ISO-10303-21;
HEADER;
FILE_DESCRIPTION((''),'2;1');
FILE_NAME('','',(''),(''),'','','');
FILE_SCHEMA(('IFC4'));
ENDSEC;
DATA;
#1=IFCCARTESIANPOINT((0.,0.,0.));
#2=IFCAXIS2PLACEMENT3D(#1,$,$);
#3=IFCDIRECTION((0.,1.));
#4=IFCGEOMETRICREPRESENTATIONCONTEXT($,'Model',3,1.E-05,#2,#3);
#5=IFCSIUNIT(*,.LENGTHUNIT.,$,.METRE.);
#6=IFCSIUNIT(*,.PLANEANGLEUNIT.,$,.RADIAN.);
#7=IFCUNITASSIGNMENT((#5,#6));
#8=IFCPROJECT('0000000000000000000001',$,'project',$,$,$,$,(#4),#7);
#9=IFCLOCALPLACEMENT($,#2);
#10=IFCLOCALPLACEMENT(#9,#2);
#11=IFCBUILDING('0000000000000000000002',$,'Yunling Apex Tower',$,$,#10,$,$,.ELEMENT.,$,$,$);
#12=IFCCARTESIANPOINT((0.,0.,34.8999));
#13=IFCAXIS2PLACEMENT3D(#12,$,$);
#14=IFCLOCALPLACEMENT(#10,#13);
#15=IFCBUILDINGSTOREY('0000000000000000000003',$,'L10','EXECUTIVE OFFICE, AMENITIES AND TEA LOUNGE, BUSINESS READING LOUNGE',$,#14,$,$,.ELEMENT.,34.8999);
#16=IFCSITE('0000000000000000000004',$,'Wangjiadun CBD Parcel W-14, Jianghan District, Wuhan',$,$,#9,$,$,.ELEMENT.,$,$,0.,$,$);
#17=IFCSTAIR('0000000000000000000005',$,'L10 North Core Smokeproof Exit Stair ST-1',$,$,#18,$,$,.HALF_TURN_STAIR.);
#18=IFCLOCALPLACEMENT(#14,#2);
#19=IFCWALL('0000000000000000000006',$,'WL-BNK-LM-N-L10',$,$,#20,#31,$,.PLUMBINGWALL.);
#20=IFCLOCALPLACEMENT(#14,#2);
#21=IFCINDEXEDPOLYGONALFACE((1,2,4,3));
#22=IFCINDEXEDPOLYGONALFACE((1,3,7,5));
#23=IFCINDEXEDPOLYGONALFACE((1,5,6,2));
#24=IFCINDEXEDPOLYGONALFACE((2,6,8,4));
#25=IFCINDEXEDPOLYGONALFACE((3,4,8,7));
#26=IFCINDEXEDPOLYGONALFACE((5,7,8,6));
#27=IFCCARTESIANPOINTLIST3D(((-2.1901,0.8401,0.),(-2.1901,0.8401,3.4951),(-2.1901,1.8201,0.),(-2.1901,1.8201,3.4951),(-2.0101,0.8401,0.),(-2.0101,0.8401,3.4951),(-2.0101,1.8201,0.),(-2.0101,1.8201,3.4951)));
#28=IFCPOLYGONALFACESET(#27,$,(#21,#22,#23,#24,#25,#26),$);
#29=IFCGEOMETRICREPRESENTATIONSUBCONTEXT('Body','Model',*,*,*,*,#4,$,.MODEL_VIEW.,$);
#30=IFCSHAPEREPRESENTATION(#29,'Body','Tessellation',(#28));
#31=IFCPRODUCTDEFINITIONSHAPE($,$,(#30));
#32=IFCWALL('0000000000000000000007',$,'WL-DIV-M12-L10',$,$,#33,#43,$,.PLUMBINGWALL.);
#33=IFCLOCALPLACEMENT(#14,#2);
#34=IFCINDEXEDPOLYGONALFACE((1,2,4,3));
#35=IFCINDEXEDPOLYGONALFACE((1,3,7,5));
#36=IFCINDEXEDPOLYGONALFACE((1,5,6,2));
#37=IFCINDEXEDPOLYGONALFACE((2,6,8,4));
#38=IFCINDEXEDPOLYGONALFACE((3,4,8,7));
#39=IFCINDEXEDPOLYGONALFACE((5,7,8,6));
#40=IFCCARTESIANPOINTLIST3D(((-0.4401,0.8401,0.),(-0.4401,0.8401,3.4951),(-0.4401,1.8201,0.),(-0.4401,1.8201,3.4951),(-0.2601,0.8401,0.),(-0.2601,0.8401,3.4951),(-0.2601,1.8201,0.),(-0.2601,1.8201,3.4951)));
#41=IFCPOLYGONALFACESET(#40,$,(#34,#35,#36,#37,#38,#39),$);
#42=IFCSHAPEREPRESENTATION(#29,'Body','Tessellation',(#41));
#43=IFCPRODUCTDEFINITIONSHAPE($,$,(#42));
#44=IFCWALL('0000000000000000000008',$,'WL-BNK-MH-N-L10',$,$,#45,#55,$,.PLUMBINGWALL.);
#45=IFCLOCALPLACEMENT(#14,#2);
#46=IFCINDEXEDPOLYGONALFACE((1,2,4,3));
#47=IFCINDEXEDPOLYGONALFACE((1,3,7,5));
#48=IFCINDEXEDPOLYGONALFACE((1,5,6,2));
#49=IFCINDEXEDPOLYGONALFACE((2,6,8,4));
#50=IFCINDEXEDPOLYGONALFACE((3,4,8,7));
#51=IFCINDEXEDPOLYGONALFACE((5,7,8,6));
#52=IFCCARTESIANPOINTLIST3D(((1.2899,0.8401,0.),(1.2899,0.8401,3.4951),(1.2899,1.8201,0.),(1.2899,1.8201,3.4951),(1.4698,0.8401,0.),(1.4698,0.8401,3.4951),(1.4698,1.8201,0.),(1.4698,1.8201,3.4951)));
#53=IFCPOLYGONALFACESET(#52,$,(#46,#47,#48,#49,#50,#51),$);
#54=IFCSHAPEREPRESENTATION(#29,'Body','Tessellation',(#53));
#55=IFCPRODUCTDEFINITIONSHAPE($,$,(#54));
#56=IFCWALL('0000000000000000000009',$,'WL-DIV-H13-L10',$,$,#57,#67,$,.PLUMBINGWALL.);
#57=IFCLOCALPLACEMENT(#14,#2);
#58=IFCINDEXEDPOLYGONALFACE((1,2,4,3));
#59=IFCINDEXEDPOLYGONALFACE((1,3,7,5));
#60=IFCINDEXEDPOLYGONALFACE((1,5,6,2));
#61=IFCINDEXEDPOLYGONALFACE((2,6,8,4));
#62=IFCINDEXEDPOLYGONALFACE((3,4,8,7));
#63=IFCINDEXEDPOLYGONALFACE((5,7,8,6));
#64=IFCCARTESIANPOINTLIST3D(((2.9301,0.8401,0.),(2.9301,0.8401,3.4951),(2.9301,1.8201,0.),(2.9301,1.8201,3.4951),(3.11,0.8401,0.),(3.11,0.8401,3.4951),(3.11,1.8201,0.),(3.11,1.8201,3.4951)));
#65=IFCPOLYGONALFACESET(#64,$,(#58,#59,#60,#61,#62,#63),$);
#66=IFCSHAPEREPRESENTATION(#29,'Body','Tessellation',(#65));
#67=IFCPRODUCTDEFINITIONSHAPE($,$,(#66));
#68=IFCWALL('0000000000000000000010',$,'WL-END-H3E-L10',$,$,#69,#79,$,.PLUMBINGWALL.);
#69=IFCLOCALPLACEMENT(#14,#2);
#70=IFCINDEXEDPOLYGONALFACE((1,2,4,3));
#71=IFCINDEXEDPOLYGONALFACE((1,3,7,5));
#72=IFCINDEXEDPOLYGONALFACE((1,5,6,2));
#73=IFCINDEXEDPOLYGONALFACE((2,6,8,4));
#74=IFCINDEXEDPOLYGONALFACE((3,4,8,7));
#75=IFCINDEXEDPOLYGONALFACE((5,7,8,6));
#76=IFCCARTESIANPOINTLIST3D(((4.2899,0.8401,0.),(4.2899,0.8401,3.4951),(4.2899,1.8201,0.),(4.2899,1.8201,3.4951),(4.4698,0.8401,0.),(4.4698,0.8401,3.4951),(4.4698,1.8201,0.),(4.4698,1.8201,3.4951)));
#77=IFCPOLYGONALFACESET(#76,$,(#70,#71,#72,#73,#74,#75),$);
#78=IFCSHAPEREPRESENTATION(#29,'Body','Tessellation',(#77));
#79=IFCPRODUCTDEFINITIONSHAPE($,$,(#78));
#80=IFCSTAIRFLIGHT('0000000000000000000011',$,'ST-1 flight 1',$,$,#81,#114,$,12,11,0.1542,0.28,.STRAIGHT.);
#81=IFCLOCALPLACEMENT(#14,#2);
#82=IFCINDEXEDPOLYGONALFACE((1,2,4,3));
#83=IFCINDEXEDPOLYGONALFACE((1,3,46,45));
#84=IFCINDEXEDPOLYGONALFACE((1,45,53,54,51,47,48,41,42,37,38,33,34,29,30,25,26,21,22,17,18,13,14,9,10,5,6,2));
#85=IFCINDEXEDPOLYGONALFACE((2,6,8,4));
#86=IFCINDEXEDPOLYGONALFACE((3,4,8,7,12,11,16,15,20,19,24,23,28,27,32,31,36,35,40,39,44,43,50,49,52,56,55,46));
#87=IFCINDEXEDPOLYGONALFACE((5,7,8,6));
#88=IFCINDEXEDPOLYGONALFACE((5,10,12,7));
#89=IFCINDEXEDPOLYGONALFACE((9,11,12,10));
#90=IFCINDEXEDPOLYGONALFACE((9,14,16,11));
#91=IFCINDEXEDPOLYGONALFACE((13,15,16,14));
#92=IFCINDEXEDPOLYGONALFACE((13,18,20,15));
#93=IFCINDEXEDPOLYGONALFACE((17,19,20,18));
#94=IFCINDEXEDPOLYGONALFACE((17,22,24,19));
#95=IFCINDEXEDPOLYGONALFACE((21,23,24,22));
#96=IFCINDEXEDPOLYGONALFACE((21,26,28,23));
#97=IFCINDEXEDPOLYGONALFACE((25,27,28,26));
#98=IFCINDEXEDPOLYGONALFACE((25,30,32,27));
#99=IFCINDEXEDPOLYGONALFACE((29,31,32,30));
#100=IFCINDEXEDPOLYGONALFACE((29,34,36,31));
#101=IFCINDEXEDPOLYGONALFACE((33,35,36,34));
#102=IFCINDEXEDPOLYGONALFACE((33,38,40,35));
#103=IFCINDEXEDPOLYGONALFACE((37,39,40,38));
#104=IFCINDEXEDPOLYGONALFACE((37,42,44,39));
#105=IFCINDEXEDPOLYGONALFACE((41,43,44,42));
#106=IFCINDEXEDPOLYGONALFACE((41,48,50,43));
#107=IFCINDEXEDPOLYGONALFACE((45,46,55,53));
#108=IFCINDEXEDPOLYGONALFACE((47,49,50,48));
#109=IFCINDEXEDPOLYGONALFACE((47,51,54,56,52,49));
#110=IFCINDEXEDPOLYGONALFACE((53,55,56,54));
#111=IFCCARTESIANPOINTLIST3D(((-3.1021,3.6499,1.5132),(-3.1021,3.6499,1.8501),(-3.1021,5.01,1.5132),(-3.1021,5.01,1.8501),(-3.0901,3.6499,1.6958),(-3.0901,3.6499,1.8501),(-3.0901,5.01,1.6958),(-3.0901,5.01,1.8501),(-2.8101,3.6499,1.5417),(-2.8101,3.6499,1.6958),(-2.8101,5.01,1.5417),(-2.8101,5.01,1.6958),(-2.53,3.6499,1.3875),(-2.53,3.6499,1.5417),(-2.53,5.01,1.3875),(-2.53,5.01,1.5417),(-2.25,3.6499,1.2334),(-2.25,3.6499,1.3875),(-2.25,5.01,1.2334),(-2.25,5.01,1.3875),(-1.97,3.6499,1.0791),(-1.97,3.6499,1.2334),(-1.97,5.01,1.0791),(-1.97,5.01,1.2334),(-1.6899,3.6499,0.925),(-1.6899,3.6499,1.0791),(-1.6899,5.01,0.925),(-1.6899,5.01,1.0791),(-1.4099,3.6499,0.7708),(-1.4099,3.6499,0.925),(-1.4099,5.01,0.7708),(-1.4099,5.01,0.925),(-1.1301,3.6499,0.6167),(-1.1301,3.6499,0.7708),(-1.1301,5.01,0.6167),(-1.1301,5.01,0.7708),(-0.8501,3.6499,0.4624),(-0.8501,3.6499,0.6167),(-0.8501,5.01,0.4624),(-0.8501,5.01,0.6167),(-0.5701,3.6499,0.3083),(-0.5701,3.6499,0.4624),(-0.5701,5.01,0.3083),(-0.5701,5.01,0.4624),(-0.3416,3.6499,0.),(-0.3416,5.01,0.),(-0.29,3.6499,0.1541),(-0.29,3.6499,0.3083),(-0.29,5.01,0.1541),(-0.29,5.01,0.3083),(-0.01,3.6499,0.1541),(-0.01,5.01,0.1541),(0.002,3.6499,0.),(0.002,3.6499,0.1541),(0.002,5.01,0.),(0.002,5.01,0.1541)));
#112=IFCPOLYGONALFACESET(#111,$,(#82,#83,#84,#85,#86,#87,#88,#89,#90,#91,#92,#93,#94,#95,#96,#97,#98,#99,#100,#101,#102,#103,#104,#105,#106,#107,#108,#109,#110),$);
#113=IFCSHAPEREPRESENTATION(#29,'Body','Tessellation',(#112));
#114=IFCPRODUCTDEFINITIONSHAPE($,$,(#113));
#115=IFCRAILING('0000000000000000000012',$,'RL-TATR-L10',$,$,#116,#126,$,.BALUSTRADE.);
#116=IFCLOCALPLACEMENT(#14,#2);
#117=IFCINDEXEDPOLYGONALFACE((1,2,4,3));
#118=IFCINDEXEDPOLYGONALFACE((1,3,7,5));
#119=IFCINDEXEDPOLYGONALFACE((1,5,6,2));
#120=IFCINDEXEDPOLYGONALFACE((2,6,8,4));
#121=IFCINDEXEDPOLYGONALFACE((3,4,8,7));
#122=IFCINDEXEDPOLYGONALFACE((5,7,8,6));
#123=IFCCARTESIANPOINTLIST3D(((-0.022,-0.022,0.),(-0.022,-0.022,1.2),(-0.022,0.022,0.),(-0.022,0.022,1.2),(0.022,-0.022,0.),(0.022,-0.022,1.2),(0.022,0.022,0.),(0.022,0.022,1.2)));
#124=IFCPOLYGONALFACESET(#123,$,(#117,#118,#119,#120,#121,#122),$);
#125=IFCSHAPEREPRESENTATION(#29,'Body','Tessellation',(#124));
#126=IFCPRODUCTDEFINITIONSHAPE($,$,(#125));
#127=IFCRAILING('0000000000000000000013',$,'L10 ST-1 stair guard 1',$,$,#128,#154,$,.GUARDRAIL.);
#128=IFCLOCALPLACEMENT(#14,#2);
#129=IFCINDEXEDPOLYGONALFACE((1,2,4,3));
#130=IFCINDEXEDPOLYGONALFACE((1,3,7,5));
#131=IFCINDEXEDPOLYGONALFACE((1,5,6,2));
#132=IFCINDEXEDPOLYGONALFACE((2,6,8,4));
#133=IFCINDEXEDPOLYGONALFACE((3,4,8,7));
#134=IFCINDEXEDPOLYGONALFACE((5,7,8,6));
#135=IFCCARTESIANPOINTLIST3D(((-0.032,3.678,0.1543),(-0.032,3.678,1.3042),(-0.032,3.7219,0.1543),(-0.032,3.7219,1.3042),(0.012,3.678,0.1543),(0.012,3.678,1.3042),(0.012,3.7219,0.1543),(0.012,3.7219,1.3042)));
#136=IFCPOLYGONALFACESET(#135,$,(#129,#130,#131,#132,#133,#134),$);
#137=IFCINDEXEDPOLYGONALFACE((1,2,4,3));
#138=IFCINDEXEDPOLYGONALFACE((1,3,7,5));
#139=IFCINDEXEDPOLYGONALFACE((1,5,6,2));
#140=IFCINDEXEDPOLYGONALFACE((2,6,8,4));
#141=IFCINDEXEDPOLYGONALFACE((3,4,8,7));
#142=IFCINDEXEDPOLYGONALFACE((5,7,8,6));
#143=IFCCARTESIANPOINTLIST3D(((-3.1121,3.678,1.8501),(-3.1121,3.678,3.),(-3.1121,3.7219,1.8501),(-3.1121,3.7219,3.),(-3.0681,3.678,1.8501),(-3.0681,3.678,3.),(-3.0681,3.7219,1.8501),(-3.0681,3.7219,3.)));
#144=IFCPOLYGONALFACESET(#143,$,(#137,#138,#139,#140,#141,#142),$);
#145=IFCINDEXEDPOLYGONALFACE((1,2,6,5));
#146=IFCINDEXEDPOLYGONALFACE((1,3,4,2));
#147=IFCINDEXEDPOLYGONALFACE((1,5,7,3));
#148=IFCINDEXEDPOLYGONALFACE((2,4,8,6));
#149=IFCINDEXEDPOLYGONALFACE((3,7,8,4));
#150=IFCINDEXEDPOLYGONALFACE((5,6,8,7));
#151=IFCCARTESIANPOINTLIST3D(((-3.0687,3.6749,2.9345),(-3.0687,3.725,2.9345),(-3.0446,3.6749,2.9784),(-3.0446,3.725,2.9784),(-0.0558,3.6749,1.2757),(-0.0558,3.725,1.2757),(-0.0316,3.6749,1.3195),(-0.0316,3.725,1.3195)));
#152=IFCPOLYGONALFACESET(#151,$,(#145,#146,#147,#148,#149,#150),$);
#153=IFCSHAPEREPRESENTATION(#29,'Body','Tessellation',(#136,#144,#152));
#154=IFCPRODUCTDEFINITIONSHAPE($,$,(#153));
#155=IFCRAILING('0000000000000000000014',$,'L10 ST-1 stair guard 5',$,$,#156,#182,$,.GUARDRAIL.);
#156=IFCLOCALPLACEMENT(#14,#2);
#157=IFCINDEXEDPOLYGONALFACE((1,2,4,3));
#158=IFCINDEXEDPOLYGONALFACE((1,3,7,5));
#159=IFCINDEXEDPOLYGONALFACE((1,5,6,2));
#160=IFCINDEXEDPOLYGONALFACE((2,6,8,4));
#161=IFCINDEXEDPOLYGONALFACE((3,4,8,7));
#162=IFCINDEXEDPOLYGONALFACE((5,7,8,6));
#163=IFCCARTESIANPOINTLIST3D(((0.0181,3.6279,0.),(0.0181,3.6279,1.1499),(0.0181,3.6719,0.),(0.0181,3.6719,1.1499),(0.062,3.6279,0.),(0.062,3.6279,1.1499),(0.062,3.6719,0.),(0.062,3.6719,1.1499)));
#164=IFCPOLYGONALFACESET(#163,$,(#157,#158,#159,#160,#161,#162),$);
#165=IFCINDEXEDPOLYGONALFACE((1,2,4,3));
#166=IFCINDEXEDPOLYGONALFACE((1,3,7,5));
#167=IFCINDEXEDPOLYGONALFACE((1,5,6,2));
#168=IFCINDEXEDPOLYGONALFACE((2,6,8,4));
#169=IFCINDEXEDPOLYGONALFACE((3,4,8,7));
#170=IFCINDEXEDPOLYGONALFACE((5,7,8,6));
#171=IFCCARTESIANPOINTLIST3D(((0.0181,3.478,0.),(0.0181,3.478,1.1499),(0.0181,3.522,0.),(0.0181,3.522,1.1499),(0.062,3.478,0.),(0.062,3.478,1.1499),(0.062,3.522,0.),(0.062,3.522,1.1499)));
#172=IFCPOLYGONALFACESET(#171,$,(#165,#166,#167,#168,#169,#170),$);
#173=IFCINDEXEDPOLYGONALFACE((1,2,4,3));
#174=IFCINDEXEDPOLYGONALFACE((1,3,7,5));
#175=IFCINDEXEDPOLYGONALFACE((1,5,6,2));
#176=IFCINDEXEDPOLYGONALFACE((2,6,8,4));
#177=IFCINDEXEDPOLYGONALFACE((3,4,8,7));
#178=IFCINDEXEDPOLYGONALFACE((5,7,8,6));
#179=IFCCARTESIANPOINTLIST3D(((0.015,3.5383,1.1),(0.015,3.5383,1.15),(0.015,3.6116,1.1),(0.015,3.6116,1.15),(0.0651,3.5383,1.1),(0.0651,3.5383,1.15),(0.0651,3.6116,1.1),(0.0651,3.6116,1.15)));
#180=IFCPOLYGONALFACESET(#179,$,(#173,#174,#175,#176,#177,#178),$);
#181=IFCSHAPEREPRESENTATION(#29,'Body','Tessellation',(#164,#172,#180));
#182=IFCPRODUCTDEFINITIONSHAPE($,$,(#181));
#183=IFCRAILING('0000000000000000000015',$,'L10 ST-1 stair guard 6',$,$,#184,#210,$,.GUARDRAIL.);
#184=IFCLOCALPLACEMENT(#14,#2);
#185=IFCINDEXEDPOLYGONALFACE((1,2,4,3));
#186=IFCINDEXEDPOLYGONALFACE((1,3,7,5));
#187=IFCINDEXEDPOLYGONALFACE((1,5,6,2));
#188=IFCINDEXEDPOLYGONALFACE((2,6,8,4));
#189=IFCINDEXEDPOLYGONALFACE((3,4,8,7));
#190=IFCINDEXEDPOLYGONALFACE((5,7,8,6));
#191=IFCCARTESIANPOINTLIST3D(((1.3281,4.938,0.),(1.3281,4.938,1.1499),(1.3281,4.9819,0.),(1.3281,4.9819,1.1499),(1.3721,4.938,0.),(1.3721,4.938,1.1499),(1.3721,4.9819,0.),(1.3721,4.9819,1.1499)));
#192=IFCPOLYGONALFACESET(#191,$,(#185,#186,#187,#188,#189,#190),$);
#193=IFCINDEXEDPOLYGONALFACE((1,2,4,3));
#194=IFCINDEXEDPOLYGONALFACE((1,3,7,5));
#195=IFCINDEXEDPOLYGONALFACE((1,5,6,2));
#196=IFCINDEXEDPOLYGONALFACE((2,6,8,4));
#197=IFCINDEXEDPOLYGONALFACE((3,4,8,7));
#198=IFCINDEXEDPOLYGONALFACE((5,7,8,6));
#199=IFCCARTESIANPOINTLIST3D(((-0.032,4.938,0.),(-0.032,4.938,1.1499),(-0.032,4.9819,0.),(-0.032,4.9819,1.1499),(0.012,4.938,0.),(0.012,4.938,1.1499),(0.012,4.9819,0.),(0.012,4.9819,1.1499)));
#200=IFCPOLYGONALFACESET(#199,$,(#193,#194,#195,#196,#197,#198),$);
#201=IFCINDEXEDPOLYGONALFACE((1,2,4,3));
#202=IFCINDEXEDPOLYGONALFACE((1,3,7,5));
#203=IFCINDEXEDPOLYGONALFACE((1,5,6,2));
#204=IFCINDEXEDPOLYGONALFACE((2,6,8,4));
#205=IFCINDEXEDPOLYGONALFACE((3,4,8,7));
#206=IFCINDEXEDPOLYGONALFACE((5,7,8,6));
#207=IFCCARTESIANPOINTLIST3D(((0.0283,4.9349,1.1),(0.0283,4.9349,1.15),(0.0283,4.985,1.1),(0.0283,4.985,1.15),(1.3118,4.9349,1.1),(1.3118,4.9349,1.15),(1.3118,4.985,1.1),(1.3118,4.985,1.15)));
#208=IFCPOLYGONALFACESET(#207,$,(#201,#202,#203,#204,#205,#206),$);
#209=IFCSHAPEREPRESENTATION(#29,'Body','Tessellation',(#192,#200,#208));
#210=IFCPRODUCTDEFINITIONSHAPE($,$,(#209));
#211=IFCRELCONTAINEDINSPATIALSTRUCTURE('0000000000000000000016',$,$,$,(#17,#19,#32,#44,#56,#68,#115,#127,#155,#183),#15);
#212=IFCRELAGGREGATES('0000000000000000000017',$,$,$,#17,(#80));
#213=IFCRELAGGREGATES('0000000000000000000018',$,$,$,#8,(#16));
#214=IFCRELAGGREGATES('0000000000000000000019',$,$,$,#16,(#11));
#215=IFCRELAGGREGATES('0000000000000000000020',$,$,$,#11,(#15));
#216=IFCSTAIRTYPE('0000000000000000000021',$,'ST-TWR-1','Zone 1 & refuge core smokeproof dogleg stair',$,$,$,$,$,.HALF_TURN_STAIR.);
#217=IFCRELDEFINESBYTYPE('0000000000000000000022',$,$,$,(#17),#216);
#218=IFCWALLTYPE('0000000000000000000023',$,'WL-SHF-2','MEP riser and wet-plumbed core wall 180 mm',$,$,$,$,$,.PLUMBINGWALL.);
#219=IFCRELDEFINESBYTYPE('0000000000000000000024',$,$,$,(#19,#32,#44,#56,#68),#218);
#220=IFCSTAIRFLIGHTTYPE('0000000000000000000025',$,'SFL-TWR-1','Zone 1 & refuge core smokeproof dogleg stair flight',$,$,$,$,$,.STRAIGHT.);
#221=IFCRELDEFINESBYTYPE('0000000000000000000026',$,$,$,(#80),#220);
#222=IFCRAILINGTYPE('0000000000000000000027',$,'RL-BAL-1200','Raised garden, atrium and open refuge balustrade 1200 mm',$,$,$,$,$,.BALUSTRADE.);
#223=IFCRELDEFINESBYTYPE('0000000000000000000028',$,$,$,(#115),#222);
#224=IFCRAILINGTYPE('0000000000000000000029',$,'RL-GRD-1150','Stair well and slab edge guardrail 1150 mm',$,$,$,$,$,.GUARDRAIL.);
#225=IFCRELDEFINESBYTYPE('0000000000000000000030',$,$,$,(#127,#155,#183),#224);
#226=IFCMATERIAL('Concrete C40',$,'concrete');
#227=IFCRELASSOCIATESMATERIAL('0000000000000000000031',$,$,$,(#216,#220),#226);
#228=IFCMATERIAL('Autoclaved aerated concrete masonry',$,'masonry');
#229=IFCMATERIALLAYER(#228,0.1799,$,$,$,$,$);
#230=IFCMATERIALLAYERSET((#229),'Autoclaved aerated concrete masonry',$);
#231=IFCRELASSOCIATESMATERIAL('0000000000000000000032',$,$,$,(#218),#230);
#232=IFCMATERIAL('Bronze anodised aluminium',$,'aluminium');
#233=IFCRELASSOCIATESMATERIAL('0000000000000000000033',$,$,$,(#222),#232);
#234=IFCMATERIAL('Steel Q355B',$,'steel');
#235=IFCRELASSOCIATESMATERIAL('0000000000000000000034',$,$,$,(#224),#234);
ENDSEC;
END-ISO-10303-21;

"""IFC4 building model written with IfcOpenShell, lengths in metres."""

from ifc_helpers import new_model, si_unit, direction, frame, frame_2d, origin, origin_2d, place, context, subcontext, project, spatial, polyline, rectangle, outline, extrude, material, layer, layer_set, type_object, element, aggregate, save


model = new_model("IFC4")

# Units and contexts
model_context = context("Model", 3, precision=1e-05, world=origin(), true_north=direction((0.0, 1.0)))
body_context = subcontext(model_context, "Body", "Model", "MODEL_VIEW")
ifc_project = project(units=[si_unit("LENGTHUNIT", "METRE"), si_unit("PLANEANGLEUNIT", "RADIAN")], contexts=[model_context])

# Site, building, storey
site_placement = place(None, origin())
site = spatial("IfcSite", under=ifc_project, at=site_placement, Name="Wangjiadun CBD Parcel W-14, Jianghan District, Wuhan", CompositionType="ELEMENT", RefElevation=0.0)
building_placement = place(site_placement, origin())
building = spatial("IfcBuilding", under=site, at=building_placement, Name="Yunling Apex Tower", CompositionType="ELEMENT")
storey_placement = place(building_placement, frame((0.0, 0.0, 34.8999)))
storey = spatial("IfcBuildingStorey", under=building, at=storey_placement, Name="L10", Description="EXECUTIVE OFFICE, AMENITIES AND TEA LOUNGE, BUSINESS READING LOUNGE", CompositionType="ELEMENT", Elevation=34.8999)

# Shared definitions
ifc_material_1 = material(Name="Concrete C40", Category="concrete")

# Stair
stair_type = type_object("IfcStairType", Name="ST-TWR-1", Description="Zone 1 & refuge core smokeproof dogleg stair", PredefinedType="HALF_TURN_STAIR", material=ifc_material_1)
stair_1_placement = place(storey_placement, origin())
stair_1 = element("IfcStair", 1, at=stair_1_placement, inside=storey, type_object=stair_type, Name="L10 North Core Smokeproof Exit Stair ST-1", PredefinedType="HALF_TURN_STAIR")

# Shared definitions
ifc_material_2 = material(Name="Autoclaved aerated concrete masonry", Category="masonry")
ifc_material_3 = material(Name="Steel Q355B", Category="steel")

# Walls
ifc_layer_1 = layer(ifc_material_2, 0.1799)
ifc_layer_set_1 = layer_set([ifc_layer_1], Name="Autoclaved aerated concrete masonry")
wall_type_1 = type_object("IfcWallType", Name="WL-SHF-2", Description="MEP riser and wet-plumbed core wall 180 mm", PredefinedType="PLUMBINGWALL", material=ifc_layer_set_1)
for number, where, z_axis, x_axis, name in (
    (2, (-2.1001, 0.8401, 0.0), (0.0, 0.0, 1.0), (0.0, 1.0, 0.0), "WL-BNK-LM-N-L10"),
    (3, (-0.3501, 0.8401, 0.0), (0.0, 0.0, 1.0), (0.0, 1.0, 0.0), "WL-DIV-M12-L10"),
    (4, (1.3799, 0.8401, 0.0), (0.0, 0.0, 1.0), (0.0, 1.0, 0.0), "WL-BNK-MH-N-L10"),
    (5, (3.02, 0.8401, 0.0), (0.0, 0.0, 1.0), (0.0, 1.0, 0.0), "WL-DIV-H13-L10"),
    (6, (4.3799, 0.8401, 0.0), (0.0, 0.0, 1.0), (0.0, 1.0, 0.0), "WL-END-H3E-L10"),
):
    element("IfcWall", number, at=place(storey_placement, frame(where, z_axis=z_axis, x_axis=x_axis)), inside=storey, type_object=wall_type_1, Name=name, PredefinedType="PLUMBINGWALL", context=body_context, shape_type="SweptSolid", body=[
        extrude(rectangle(XDim=0.98, YDim=0.1799, at=frame_2d((0.49, 0.0))), origin(), (0.0, 0.0, 1.0), 3.4951),
    ])

# Stair flight
stair_flight_type = type_object("IfcStairFlightType", Name="SFL-TWR-1", Description="Zone 1 & refuge core smokeproof dogleg stair flight", PredefinedType="STRAIGHT", material=ifc_material_1)
stair_flight_placement = place(storey_placement, frame((-0.01, 4.3301, 0.0), z_axis=(0.0, 0.0, 1.0), x_axis=(-1.0, 0.0, 0.0)))
stair_flight = element("IfcStairFlight", 7, at=stair_flight_placement, type_object=stair_flight_type, Name="ST-1 flight 1", NumberOfRisers=12, NumberOfTreads=11, PredefinedType="STRAIGHT", RiserHeight=0.1542, TreadLength=0.28, context=body_context, shape_type="SweptSolid", body=[
    extrude(outline(polyline([(-0.012, 0.0), (-0.012, 0.1541), (0.0, 0.1541), (0.28, 0.1541), (0.28, 0.3083), (0.5601, 0.3083), (0.5601, 0.4624), (0.8401, 0.4624), (0.8401, 0.6167), (1.1201, 0.6167), (1.1201, 0.7708), (1.3999, 0.7708), (1.3999, 0.925), (1.6799, 0.925), (1.6799, 1.0791), (1.96, 1.0791), (1.96, 1.2334), (2.24, 1.2334), (2.24, 1.3875), (2.52, 1.3875), (2.52, 1.5417), (2.8, 1.5417), (2.8, 1.6958), (3.0801, 1.6958), (3.0801, 1.8501), (3.092, 1.8501), (3.092, 1.5132), (0.3315, 0.0), (-0.012, 0.0)])), frame((0.0, 0.6802, 0.0), z_axis=(0.0, -1.0, 0.0), x_axis=(1.0, 0.0, 0.0)), (0.0, 0.0, 1.0), 1.3601),
])
aggregate(stair_1, [stair_flight])

# Railings
ifc_material_4 = material(Name="Bronze anodised aluminium", Category="aluminium")
railing_type_1 = type_object("IfcRailingType", Name="RL-BAL-1200", Description="Raised garden, atrium and open refuge balustrade 1200 mm", PredefinedType="BALUSTRADE", material=ifc_material_4)
railing_1_placement = place(storey_placement, origin())
element("IfcRailing", 8, at=railing_1_placement, inside=storey, type_object=railing_type_1, Name="RL-TATR-L10", PredefinedType="BALUSTRADE", context=body_context, shape_type="SweptSolid", body=[
    extrude(rectangle(XDim=0.0439, YDim=0.0439, at=origin_2d()), origin(), (0.0, 0.0, 1.0), 1.2),
])
railing_type_2 = type_object("IfcRailingType", Name="RL-GRD-1150", Description="Stair well and slab edge guardrail 1150 mm", PredefinedType="GUARDRAIL", material=ifc_material_3)
railing_2_placement = place(storey_placement, frame((-0.01, 3.7, 0.1543)))
element("IfcRailing", 9, at=railing_2_placement, inside=storey, type_object=railing_type_2, Name="L10 ST-1 stair guard 1", PredefinedType="GUARDRAIL", context=body_context, shape_type="SweptSolid", body=[
    extrude(rectangle(XDim=0.0439, YDim=0.0439, at=origin_2d()), origin(), (0.0, 0.0, 1.0), 1.1499),
    extrude(rectangle(XDim=0.0439, YDim=0.0439, at=origin_2d()), frame((-3.0801, 0.0, 1.6958)), (0.0, 0.0, 1.0), 1.1499),
    extrude(rectangle(XDim=0.05, YDim=0.05, at=origin_2d()), frame((-0.0337, 0.0, 1.1433), z_axis=(-0.876005, 0.0, 0.482303), x_axis=(0.0, -1.0, 0.0)), (0.0, 0.0, 1.0), 3.4395),
])
railing_3_placement = place(storey_placement, frame((0.04, 3.6499, 0.0)))
element("IfcRailing", 10, at=railing_3_placement, inside=storey, type_object=railing_type_2, Name="L10 ST-1 stair guard 5", PredefinedType="GUARDRAIL", context=body_context, shape_type="SweptSolid", body=[
    extrude(rectangle(XDim=0.0439, YDim=0.0439, at=origin_2d()), origin(), (0.0, 0.0, 1.0), 1.1499),
    extrude(rectangle(XDim=0.0439, YDim=0.0439, at=origin_2d()), frame((0.0, -0.1499, 0.0)), (0.0, 0.0, 1.0), 1.1499),
    extrude(rectangle(XDim=0.05, YDim=0.05, at=origin_2d()), frame((0.0, -0.0383, 1.125), z_axis=(0.0, -1.0, 0.0), x_axis=(1.0, 0.0, 0.0)), (0.0, 0.0, 1.0), 0.0732),
])
railing_4_placement = place(storey_placement, frame((1.3501, 4.96, 0.0)))
element("IfcRailing", 11, at=railing_4_placement, inside=storey, type_object=railing_type_2, Name="L10 ST-1 stair guard 6", PredefinedType="GUARDRAIL", context=body_context, shape_type="SweptSolid", body=[
    extrude(rectangle(XDim=0.0439, YDim=0.0439, at=origin_2d()), origin(), (0.0, 0.0, 1.0), 1.1499),
    extrude(rectangle(XDim=0.0439, YDim=0.0439, at=origin_2d()), frame((-1.3601, 0.0, 0.0)), (0.0, 0.0, 1.0), 1.1499),
    extrude(rectangle(XDim=0.05, YDim=0.05, at=origin_2d()), frame((-0.0383, 0.0, 1.125), z_axis=(-1.0, 0.0, 0.0), x_axis=(0.0, -1.0, 0.0)), (0.0, 0.0, 1.0), 1.2834),
])

save(model, "model.ifc")
